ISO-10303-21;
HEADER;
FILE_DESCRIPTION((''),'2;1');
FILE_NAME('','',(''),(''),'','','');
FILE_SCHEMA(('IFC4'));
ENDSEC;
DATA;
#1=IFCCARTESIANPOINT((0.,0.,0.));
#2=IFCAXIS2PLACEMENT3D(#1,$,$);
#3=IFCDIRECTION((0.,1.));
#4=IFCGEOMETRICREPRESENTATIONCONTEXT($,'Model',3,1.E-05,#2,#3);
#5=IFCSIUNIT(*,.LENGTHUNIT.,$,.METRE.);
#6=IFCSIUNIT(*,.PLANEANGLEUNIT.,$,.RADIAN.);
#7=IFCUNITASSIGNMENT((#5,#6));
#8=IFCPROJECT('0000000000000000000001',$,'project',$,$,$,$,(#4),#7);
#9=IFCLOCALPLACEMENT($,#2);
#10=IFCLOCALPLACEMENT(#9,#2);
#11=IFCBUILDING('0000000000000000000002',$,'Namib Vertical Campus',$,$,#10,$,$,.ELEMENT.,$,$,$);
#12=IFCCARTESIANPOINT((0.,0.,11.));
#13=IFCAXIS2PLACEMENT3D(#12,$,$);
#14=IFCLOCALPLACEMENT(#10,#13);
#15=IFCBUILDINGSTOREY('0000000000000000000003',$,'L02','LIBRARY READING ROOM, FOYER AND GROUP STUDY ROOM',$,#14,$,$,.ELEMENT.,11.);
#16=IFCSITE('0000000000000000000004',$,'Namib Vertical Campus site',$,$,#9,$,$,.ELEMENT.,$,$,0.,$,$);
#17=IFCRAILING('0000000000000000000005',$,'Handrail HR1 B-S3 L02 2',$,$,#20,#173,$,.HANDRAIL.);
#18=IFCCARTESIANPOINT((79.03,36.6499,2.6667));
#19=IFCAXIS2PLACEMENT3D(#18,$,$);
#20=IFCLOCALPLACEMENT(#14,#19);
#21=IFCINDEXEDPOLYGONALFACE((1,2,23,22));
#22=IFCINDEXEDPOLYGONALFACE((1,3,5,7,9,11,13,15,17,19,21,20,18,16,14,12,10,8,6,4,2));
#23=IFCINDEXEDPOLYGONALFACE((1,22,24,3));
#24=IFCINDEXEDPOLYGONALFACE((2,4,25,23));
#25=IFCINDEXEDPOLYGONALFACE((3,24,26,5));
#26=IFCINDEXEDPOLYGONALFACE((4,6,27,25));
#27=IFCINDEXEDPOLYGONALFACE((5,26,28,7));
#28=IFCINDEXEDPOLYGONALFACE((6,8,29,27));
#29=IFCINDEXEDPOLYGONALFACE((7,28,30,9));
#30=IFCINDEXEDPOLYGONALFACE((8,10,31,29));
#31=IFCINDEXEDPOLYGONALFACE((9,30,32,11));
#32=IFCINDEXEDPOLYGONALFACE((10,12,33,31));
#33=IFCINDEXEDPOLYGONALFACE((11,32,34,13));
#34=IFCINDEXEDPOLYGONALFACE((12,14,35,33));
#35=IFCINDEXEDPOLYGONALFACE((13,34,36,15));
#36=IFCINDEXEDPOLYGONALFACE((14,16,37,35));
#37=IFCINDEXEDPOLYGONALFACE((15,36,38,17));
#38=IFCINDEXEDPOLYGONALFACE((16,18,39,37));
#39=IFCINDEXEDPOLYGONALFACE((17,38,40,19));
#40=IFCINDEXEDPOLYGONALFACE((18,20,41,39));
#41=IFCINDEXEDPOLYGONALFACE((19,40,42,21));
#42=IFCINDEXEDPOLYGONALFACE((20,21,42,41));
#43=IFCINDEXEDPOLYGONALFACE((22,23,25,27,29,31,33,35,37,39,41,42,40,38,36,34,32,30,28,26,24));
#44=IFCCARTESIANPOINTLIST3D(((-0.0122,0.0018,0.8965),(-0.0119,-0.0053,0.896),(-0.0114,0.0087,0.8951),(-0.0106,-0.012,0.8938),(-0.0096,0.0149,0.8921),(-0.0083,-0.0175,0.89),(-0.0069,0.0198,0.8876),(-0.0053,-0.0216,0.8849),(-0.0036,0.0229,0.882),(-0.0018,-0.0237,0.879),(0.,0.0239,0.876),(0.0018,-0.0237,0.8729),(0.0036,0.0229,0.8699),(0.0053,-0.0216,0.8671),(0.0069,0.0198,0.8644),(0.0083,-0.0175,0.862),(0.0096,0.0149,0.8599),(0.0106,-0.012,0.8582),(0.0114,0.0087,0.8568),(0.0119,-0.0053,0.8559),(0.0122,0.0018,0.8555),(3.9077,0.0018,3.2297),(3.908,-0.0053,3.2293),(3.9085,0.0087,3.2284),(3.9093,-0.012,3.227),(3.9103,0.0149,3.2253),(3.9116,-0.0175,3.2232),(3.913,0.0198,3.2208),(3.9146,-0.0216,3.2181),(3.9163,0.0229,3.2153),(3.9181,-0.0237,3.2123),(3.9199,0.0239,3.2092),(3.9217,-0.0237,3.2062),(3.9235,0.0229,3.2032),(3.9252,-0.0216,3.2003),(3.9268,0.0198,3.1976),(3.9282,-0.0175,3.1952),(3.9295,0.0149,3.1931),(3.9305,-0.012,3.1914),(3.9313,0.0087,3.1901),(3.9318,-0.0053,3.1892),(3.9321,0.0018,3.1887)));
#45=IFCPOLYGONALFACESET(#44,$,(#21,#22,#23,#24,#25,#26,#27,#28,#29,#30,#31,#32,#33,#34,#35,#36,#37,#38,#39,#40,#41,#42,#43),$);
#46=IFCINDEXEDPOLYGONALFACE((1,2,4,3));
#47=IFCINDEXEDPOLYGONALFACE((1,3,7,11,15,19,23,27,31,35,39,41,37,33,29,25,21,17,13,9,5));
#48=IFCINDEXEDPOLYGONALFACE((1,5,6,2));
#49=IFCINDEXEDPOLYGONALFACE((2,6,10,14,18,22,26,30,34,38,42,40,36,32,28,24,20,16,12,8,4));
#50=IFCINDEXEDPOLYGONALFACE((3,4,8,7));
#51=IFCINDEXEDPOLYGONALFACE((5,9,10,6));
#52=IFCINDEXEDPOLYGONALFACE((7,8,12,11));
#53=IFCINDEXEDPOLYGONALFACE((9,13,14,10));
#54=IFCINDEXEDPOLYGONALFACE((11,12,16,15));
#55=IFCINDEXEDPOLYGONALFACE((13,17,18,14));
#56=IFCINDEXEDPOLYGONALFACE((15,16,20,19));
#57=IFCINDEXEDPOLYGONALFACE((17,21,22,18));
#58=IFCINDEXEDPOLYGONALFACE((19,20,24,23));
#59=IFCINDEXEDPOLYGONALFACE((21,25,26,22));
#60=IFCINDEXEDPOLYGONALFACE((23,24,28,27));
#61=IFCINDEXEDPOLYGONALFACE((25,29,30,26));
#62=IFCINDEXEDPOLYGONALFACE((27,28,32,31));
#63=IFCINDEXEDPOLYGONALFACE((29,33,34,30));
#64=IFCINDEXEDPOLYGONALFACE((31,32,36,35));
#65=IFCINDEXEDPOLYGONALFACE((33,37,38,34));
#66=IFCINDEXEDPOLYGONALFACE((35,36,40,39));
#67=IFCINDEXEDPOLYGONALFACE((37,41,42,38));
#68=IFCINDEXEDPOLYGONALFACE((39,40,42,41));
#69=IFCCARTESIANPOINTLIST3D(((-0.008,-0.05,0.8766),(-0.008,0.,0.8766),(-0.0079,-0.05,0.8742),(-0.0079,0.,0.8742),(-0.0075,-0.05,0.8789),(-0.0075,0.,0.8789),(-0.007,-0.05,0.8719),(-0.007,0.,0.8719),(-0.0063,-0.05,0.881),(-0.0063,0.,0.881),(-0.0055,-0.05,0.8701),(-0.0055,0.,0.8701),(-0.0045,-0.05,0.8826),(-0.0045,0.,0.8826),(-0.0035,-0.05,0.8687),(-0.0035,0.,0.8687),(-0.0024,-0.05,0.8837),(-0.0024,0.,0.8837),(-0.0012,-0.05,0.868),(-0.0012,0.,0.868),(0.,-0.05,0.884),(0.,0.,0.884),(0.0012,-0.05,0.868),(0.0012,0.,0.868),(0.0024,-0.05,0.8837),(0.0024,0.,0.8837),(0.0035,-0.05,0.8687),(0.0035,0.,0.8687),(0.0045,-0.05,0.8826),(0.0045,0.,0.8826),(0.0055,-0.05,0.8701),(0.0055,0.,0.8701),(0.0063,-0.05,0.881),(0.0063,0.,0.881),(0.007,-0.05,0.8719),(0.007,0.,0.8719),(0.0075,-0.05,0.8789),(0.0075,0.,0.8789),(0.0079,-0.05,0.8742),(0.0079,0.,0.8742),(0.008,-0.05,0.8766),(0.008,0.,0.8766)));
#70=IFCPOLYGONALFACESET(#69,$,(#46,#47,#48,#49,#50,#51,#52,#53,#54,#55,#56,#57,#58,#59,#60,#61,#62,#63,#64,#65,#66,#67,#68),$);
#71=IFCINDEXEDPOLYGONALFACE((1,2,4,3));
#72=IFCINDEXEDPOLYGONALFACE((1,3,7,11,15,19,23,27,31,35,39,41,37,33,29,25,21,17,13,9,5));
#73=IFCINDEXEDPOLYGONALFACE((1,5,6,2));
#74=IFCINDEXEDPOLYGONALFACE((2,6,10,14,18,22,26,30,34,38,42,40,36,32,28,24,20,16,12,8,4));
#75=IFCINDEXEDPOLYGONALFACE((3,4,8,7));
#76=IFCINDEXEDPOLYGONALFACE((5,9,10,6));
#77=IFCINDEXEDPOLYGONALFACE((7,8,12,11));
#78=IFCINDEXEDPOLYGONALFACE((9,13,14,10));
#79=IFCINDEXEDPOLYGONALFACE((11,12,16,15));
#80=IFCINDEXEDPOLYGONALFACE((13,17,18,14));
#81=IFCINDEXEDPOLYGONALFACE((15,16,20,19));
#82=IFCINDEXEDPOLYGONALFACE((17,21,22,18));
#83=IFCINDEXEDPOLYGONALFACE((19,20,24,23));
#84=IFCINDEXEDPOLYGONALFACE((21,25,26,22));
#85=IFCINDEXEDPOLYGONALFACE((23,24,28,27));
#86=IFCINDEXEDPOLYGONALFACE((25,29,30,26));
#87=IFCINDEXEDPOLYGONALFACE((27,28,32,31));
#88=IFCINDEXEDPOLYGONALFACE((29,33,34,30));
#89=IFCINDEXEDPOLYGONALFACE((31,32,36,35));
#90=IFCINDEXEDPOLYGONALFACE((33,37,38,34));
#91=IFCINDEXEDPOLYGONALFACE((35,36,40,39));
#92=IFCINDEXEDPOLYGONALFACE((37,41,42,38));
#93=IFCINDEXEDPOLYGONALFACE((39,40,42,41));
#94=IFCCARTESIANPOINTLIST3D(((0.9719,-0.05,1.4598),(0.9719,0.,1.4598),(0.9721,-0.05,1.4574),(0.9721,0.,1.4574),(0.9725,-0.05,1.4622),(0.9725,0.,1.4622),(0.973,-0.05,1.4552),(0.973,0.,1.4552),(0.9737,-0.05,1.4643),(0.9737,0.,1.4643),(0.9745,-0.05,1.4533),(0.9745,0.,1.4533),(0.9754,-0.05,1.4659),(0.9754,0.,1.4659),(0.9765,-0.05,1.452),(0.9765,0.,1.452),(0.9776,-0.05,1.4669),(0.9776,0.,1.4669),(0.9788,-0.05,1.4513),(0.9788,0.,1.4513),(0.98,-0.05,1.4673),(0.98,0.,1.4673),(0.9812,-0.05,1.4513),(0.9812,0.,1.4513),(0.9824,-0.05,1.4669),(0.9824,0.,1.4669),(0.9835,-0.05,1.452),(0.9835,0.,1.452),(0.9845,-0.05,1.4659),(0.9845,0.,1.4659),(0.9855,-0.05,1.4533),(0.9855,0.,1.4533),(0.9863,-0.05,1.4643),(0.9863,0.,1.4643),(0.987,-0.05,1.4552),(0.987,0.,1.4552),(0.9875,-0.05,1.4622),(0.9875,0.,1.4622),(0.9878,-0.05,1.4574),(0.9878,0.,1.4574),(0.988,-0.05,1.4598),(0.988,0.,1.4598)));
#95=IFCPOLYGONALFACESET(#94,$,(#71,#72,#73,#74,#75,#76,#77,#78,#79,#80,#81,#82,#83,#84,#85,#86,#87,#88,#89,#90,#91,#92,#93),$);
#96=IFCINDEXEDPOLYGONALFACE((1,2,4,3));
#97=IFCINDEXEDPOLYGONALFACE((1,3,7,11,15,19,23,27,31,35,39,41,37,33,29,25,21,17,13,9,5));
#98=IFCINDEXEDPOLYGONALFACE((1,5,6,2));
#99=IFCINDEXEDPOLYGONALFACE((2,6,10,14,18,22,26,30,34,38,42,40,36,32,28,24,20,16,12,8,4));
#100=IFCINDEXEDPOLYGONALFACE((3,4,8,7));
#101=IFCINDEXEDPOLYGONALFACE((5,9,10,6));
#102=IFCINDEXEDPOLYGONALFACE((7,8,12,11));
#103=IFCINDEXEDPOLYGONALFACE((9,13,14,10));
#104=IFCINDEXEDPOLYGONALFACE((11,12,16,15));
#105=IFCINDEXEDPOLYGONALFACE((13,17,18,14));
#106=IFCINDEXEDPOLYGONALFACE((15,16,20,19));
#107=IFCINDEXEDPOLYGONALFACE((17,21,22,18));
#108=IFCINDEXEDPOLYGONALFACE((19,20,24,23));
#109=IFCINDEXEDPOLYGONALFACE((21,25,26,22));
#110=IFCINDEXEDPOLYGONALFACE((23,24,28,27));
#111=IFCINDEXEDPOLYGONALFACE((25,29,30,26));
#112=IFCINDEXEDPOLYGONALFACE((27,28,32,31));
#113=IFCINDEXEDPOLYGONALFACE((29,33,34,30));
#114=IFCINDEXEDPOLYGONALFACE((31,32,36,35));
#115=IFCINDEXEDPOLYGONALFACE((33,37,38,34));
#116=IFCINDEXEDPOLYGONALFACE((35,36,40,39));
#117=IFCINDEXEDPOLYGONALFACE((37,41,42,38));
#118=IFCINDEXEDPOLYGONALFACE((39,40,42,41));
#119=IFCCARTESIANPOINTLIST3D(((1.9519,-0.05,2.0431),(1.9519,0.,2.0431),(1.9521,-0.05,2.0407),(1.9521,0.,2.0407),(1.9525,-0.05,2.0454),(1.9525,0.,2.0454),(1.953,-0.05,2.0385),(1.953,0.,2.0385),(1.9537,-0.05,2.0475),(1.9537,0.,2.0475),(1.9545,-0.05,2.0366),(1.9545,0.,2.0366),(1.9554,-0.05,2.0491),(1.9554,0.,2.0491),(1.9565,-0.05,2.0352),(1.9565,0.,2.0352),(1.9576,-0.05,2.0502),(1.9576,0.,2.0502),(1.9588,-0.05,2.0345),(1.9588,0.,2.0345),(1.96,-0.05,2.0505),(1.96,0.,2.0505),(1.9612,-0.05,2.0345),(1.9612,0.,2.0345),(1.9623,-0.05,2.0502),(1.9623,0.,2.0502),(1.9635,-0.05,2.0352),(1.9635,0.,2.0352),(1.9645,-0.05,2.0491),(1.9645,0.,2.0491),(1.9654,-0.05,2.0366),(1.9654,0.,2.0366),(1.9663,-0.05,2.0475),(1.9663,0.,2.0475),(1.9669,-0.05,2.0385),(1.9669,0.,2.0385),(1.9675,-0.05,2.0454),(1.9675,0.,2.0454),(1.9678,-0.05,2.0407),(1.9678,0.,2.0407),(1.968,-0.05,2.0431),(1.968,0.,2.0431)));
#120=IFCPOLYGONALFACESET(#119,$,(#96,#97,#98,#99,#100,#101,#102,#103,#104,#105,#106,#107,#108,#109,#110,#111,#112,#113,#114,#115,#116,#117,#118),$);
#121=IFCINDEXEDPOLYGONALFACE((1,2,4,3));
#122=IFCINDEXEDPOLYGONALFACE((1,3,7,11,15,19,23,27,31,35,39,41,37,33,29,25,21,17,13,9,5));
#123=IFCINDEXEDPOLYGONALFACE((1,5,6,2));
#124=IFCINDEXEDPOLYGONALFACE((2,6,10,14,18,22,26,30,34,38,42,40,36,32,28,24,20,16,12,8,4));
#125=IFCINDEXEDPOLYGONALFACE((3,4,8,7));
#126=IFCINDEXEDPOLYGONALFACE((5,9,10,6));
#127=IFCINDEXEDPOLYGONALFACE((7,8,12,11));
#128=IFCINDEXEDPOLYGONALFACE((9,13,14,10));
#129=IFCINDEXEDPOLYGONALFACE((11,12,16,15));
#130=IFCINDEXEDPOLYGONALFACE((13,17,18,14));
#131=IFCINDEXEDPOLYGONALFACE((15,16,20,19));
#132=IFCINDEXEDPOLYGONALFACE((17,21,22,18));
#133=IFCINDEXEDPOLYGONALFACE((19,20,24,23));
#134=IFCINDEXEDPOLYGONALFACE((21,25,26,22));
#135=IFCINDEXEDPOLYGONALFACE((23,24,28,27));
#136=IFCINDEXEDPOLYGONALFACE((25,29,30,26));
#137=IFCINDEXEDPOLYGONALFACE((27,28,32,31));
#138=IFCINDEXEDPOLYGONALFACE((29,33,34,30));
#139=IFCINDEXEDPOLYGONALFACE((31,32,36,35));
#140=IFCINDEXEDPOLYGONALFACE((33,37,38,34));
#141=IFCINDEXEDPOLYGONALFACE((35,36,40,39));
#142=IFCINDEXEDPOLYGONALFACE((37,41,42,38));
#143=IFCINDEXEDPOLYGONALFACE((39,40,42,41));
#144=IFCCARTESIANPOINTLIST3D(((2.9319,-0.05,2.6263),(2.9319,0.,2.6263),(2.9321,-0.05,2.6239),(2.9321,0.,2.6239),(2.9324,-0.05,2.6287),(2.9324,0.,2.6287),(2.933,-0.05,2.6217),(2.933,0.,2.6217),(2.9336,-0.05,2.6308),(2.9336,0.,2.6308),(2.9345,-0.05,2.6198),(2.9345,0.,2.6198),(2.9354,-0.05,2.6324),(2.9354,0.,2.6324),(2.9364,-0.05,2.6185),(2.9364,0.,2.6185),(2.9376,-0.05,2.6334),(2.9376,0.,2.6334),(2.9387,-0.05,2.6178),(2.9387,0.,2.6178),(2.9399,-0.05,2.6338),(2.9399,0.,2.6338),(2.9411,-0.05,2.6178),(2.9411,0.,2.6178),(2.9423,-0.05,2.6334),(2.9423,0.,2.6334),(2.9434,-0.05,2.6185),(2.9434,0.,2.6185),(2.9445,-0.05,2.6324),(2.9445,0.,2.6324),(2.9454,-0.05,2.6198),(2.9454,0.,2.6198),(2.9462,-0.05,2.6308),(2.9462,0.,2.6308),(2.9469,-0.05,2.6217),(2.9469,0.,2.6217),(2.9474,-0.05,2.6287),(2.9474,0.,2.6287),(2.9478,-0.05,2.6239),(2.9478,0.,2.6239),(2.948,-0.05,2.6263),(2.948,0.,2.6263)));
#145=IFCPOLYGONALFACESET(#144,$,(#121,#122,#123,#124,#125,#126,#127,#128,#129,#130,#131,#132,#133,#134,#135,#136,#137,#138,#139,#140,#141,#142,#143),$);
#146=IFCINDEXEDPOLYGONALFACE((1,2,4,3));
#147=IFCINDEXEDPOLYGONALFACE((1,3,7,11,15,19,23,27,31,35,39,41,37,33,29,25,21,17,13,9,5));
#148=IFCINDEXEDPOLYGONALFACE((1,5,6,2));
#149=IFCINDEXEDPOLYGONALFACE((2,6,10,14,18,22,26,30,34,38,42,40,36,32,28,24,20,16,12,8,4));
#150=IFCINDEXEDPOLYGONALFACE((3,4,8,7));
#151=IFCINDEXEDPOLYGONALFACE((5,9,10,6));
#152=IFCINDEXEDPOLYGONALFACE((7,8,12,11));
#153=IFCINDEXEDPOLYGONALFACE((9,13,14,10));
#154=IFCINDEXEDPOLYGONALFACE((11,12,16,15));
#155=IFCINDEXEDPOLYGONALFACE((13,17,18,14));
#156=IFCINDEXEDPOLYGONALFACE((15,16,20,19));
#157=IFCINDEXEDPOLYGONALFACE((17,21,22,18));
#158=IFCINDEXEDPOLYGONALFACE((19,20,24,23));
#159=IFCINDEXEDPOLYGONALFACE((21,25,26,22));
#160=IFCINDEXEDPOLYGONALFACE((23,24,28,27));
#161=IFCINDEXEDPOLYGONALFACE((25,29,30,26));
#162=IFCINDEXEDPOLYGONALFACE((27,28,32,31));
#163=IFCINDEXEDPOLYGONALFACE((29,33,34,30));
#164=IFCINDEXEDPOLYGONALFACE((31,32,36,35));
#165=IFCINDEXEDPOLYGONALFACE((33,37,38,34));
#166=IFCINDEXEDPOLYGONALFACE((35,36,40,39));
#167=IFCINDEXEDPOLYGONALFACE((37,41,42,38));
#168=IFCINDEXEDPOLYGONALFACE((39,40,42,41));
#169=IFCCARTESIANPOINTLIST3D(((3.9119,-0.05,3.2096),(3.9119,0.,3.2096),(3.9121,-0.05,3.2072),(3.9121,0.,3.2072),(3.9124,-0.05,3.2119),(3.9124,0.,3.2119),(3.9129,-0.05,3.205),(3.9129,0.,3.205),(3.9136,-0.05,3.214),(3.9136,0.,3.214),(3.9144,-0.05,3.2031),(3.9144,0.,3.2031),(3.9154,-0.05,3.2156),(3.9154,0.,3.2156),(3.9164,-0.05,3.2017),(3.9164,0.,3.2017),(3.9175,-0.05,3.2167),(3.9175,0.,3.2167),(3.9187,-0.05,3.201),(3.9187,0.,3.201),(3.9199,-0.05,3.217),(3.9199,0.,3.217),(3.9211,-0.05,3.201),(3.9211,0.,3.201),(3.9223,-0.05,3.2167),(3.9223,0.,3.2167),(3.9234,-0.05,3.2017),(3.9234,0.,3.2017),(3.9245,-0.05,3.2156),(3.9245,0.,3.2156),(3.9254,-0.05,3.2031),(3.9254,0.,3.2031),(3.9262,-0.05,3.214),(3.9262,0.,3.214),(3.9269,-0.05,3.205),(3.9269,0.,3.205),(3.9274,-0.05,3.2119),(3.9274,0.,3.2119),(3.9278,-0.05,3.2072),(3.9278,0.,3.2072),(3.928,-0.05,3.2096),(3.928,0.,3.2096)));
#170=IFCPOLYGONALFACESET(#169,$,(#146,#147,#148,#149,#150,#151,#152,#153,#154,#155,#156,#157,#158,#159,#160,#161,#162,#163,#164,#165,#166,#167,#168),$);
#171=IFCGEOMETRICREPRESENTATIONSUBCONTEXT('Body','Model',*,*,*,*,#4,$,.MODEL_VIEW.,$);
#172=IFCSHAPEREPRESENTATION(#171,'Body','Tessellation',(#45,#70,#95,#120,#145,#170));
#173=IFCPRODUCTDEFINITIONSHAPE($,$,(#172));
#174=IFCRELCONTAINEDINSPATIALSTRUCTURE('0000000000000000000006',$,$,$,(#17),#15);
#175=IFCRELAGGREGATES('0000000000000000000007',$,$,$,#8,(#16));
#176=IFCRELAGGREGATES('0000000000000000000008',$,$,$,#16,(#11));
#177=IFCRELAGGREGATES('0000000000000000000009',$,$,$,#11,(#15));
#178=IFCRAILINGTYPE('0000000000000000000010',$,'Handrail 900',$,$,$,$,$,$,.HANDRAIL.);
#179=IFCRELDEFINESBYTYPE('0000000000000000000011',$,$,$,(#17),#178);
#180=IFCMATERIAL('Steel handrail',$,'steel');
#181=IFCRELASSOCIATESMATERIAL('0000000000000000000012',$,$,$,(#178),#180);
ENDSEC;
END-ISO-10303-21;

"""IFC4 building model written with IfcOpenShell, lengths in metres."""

from ifc_helpers import new_model, si_unit, direction, frame, origin, origin_2d, place, context, subcontext, project, spatial, circle, extrude, material, type_object, element, save


model = new_model("IFC4")

# Units and contexts
model_context = context("Model", 3, precision=1e-05, world=origin(), true_north=direction((0.0, 1.0)))
body_context = subcontext(model_context, "Body", "Model", "MODEL_VIEW")
ifc_project = project(units=[si_unit("LENGTHUNIT", "METRE"), si_unit("PLANEANGLEUNIT", "RADIAN")], contexts=[model_context])

# Site, building, storey
site_placement = place(None, origin())
site = spatial("IfcSite", under=ifc_project, at=site_placement, Name="Namib Vertical Campus site", CompositionType="ELEMENT", RefElevation=0.0)
building_placement = place(site_placement, origin())
building = spatial("IfcBuilding", under=site, at=building_placement, Name="Namib Vertical Campus", CompositionType="ELEMENT")
storey_placement = place(building_placement, frame((0.0, 0.0, 11.0)))
storey = spatial("IfcBuildingStorey", under=building, at=storey_placement, Name="L02", Description="LIBRARY READING ROOM, FOYER AND GROUP STUDY ROOM", CompositionType="ELEMENT", Elevation=11.0)

# Railing
ifc_material_1 = material(Name="Steel handrail", Category="steel")
railing_type_1 = type_object("IfcRailingType", Name="Handrail 900", PredefinedType="HANDRAIL", material=ifc_material_1)
railing_1_placement = place(storey_placement, frame((79.03, 36.6499, 2.6667)))
element("IfcRailing", 1, at=railing_1_placement, inside=storey, type_object=railing_type_1, Name="Handrail HR1 B-S3 L02 2", PredefinedType="HANDRAIL", context=body_context, shape_type="SweptSolid", body=[
    extrude(circle(Radius=0.0239, at=origin_2d()), frame((0.0, 0.0, 0.876), z_axis=(0.859296, 0.0, 0.511478), x_axis=(0.0, 1.0, 0.0)), (0.0, 0.0, 1.0), 4.5618),
    extrude(circle(Radius=0.0081, at=origin_2d()), frame((0.0, 0.0, 0.876), z_axis=(0.0, -1.0, 0.0), x_axis=(0.0, 0.0, 1.0)), (0.0, 0.0, 1.0), 0.05),
    extrude(circle(Radius=0.0081, at=origin_2d()), frame((0.98, 0.0, 1.4592), z_axis=(0.0, -1.0, 0.0), x_axis=(0.0, 0.0, 1.0)), (0.0, 0.0, 1.0), 0.05),
    extrude(circle(Radius=0.0081, at=origin_2d()), frame((1.96, 0.0, 2.0425), z_axis=(0.0, -1.0, 0.0), x_axis=(0.0, 0.0, 1.0)), (0.0, 0.0, 1.0), 0.05),
    extrude(circle(Radius=0.0081, at=origin_2d()), frame((2.9399, 0.0, 2.6257), z_axis=(0.0, -1.0, 0.0), x_axis=(0.0, 0.0, 1.0)), (0.0, 0.0, 1.0), 0.05),
    extrude(circle(Radius=0.0081, at=origin_2d()), frame((3.9199, 0.0, 3.209), z_axis=(0.0, -1.0, 0.0), x_axis=(0.0, 0.0, 1.0)), (0.0, 0.0, 1.0), 0.05),
])

save(model, "model.ifc")
